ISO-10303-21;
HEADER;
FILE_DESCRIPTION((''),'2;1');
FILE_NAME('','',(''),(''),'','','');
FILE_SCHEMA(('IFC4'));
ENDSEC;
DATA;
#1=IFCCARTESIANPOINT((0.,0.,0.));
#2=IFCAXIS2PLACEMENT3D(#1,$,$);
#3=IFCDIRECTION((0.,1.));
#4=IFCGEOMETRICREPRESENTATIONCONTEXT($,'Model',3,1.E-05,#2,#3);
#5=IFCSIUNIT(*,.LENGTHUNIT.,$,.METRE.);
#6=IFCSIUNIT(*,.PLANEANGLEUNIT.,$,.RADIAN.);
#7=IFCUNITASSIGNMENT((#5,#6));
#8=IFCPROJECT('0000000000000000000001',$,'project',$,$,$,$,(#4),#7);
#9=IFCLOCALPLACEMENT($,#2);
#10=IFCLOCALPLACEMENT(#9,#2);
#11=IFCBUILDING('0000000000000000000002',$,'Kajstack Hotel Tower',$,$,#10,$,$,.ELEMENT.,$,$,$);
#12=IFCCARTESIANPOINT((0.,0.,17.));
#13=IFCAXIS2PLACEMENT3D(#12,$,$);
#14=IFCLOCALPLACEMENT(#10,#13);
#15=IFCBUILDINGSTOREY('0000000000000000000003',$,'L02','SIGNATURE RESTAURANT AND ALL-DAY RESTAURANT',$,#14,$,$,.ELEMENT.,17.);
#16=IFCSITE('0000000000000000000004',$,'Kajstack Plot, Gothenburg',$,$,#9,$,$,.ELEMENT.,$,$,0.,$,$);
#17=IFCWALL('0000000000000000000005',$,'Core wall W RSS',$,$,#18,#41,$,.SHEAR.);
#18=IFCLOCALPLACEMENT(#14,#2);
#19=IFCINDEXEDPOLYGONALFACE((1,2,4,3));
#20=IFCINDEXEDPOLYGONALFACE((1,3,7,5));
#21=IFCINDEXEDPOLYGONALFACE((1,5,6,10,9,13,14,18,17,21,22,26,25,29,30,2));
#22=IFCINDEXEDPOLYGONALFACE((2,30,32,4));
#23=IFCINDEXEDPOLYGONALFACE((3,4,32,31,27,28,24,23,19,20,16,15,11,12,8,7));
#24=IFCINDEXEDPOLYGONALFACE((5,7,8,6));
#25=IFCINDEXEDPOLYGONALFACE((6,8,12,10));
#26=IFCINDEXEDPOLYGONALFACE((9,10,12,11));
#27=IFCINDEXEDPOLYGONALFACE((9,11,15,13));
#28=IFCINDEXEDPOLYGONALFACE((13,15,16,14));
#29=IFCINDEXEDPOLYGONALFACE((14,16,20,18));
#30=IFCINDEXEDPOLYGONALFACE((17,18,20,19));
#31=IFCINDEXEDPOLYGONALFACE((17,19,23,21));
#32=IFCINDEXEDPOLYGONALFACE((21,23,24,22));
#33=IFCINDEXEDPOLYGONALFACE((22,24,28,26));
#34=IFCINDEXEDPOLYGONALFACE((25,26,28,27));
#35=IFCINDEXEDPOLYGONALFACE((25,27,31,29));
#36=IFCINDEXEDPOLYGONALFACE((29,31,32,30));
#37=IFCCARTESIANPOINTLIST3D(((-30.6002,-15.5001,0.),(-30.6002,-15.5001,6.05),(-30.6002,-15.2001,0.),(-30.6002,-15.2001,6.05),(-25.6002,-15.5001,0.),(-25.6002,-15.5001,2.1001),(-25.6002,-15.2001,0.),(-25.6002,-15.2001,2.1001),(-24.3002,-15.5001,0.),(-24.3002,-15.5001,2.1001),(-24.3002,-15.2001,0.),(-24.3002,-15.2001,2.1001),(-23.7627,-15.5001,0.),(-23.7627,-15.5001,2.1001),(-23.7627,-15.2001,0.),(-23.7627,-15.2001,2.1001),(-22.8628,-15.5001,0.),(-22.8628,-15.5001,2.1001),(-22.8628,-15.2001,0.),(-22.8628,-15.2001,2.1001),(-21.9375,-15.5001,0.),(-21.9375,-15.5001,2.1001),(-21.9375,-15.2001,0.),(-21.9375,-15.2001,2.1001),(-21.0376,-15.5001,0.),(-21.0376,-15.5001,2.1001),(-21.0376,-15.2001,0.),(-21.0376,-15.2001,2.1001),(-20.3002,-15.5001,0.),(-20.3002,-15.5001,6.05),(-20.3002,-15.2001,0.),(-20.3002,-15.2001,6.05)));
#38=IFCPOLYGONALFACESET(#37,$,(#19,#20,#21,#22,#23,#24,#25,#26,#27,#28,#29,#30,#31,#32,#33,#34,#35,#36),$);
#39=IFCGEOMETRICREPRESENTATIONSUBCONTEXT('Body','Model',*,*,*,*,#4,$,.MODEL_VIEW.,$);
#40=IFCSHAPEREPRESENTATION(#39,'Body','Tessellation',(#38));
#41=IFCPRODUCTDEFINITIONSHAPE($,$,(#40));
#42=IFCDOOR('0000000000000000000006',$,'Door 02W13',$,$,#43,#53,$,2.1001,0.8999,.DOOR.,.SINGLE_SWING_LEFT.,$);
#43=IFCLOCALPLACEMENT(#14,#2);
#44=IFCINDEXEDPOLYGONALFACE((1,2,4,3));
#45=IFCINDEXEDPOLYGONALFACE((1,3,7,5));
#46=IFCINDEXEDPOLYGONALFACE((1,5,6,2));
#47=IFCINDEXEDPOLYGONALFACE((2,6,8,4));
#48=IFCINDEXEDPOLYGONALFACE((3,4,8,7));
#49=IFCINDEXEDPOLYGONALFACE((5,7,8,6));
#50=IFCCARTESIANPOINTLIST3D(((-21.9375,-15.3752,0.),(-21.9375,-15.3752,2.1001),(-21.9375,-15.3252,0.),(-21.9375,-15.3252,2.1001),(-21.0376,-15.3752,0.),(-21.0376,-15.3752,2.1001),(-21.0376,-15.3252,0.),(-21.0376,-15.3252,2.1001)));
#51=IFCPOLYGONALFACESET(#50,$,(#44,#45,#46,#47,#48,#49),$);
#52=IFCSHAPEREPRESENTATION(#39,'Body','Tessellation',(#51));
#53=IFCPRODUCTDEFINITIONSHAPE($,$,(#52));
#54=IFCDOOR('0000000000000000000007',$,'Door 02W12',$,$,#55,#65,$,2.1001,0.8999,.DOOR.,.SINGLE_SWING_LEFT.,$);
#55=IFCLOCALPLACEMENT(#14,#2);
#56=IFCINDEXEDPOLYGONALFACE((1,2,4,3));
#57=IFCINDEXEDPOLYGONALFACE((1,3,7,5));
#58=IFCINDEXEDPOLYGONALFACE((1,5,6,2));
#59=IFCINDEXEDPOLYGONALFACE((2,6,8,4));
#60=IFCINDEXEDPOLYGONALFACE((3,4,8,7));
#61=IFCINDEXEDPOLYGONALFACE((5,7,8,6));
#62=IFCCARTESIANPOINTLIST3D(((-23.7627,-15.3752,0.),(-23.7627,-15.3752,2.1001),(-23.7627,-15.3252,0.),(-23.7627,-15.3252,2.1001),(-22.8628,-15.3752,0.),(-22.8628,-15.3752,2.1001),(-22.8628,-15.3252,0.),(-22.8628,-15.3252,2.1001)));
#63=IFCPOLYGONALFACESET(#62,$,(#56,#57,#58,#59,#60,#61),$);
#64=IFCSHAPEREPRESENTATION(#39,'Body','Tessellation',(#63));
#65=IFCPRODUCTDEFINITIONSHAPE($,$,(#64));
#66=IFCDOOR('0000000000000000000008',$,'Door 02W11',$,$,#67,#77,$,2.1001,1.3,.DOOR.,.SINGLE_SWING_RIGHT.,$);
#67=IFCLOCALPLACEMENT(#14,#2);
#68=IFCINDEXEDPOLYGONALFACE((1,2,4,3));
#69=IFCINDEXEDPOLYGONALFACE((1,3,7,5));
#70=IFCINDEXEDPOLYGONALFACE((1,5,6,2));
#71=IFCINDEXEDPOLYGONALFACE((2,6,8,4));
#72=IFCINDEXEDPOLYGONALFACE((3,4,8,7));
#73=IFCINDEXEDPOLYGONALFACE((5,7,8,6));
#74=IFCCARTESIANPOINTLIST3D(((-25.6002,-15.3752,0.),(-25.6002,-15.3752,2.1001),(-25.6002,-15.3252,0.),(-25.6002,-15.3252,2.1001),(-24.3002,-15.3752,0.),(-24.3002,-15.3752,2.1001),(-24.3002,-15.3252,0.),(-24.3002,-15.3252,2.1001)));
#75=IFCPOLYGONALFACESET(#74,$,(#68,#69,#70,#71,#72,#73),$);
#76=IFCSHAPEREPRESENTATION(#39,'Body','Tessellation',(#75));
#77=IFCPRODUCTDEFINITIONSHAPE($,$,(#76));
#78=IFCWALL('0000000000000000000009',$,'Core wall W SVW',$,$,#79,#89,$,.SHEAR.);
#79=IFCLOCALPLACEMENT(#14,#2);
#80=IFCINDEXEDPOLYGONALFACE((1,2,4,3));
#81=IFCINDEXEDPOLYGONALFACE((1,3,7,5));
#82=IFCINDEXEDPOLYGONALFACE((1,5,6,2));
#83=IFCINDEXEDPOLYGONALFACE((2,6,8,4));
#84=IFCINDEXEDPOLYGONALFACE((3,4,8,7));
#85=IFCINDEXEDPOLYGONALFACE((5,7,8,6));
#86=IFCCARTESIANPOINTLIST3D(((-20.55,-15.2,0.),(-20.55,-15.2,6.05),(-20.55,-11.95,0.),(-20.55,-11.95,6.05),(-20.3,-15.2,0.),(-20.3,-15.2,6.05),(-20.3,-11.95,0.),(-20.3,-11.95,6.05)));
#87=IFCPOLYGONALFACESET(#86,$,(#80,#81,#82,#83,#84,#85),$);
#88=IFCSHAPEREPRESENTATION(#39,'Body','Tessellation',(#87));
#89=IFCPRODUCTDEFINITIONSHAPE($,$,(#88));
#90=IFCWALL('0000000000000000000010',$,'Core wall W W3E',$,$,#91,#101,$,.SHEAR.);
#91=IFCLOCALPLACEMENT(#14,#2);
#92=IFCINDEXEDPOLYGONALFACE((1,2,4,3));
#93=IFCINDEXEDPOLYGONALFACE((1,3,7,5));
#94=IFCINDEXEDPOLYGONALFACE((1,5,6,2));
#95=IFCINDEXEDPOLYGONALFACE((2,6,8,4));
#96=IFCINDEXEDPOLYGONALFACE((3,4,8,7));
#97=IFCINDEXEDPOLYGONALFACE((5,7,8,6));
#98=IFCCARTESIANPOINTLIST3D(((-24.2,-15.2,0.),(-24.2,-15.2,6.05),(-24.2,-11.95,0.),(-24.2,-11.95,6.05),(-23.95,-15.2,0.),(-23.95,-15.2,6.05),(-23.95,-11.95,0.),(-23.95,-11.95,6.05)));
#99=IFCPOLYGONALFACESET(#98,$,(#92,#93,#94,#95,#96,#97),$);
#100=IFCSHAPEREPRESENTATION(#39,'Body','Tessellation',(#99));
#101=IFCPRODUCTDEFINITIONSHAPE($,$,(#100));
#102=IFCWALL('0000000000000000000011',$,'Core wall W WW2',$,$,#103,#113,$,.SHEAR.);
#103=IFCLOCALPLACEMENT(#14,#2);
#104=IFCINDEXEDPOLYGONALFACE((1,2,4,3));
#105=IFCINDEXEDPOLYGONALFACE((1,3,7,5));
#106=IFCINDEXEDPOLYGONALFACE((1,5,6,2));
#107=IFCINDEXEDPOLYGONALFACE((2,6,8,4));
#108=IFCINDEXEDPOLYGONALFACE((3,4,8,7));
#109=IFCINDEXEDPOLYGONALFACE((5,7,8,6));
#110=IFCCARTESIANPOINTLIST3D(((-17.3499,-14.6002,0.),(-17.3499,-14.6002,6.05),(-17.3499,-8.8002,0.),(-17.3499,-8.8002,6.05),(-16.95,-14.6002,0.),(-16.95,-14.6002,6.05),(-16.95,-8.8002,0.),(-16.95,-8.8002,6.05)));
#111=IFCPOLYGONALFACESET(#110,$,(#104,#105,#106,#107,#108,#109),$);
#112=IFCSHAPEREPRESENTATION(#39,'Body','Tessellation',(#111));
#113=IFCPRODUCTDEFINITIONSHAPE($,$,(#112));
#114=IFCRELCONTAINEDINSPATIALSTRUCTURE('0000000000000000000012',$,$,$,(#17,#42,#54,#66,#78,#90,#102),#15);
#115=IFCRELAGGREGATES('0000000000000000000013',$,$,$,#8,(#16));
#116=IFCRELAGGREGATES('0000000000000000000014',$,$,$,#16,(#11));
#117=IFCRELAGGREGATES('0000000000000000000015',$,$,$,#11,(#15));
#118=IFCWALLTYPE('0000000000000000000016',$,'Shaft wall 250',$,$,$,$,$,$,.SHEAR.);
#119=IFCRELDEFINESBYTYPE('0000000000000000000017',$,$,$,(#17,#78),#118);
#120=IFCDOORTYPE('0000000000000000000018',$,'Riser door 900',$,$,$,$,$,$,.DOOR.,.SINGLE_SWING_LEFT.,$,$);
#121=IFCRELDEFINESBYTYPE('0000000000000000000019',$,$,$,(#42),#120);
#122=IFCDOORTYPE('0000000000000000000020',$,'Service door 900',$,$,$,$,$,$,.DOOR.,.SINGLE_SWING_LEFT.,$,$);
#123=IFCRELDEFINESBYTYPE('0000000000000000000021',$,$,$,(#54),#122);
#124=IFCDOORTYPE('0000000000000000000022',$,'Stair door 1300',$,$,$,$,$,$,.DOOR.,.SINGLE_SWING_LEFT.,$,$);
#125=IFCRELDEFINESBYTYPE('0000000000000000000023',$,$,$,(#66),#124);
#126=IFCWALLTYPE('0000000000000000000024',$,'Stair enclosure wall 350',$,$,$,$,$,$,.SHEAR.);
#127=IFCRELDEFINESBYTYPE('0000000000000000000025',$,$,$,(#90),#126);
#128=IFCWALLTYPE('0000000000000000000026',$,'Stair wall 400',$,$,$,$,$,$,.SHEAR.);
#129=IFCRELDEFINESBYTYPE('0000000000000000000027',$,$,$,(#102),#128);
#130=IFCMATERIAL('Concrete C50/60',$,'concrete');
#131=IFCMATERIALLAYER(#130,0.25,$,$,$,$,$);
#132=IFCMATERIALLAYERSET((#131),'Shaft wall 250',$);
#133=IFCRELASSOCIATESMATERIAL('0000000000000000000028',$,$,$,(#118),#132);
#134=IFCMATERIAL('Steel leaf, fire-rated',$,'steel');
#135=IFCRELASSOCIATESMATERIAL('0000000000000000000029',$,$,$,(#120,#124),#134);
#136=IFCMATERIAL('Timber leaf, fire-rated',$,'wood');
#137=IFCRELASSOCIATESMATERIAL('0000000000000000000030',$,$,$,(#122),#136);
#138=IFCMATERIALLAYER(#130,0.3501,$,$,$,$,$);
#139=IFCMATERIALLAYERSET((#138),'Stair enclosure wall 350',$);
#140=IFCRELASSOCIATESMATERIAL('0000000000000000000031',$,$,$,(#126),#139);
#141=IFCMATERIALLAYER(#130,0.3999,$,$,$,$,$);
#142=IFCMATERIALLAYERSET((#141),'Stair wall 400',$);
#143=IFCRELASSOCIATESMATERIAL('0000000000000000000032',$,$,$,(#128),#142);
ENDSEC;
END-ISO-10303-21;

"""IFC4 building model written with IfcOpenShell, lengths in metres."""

from ifc_helpers import new_model, si_unit, direction, frame, frame_2d, origin, place, context, subcontext, project, spatial, rectangle, extrude, material, layer, layer_set, type_object, element, fill, save


model = new_model("IFC4")

# Units and contexts
model_context = context("Model", 3, precision=1e-05, world=origin(), true_north=direction((0.0, 1.0)))
body_context = subcontext(model_context, "Body", "Model", "MODEL_VIEW")
ifc_project = project(units=[si_unit("LENGTHUNIT", "METRE"), si_unit("PLANEANGLEUNIT", "RADIAN")], contexts=[model_context])

# Site, building, storey
site_placement = place(None, origin())
site = spatial("IfcSite", under=ifc_project, at=site_placement, Name="Kajstack Plot, Gothenburg", CompositionType="ELEMENT", RefElevation=0.0)
building_placement = place(site_placement, origin())
building = spatial("IfcBuilding", under=site, at=building_placement, Name="Kajstack Hotel Tower", CompositionType="ELEMENT")
storey_placement = place(building_placement, frame((0.0, 0.0, 17.0)))
storey = spatial("IfcBuildingStorey", under=building, at=storey_placement, Name="L02", Description="SIGNATURE RESTAURANT AND ALL-DAY RESTAURANT", CompositionType="ELEMENT", Elevation=17.0)

# Wall, openings, doors
ifc_material_1 = material(Name="Concrete C50/60", Category="concrete")
ifc_layer_1 = layer(ifc_material_1, 0.25)
ifc_layer_set_1 = layer_set([ifc_layer_1], Name="Shaft wall 250")
wall_type_1 = type_object("IfcWallType", Name="Shaft wall 250", PredefinedType="SHEAR", material=ifc_layer_set_1)
wall_1_placement = place(storey_placement, frame((-30.6001, -15.3501, 0.0), z_axis=(0.0, 0.0, 1.0), x_axis=(1.0, 0.0, 0.0)))
wall_1 = element("IfcWall", 1, at=wall_1_placement, inside=storey, type_object=wall_type_1, Name="Core wall W RSS", PredefinedType="SHEAR", context=body_context, shape_type="SweptSolid", body=[
    extrude(rectangle(XDim=10.3, YDim=0.3, at=frame_2d((5.1499, 0.0))), origin(), (0.0, 0.0, 1.0), 6.05),
])
opening_1_placement = place(wall_1_placement, frame((5.0, 0.0, 0.0)))
opening_1 = element("IfcOpeningElement", 2, at=opening_1_placement, cuts=wall_1, PredefinedType="OPENING", context=body_context, shape_type="SweptSolid", body=[
    extrude(rectangle(XDim=1.3, YDim=2.1001, at=frame_2d((0.6499, 1.05))), frame((0.0, 0.1599, 0.0), z_axis=(0.0, -1.0, 0.0), x_axis=(1.0, 0.0, 0.0)), (0.0, 0.0, 1.0), 0.3201),
])
opening_2_placement = place(wall_1_placement, frame((6.8374, 0.0, 0.0)))
opening_2 = element("IfcOpeningElement", 3, at=opening_2_placement, cuts=wall_1, PredefinedType="OPENING", context=body_context, shape_type="SweptSolid", body=[
    extrude(rectangle(XDim=0.8999, YDim=2.1001, at=frame_2d((0.45, 1.05))), frame((0.0, 0.1599, 0.0), z_axis=(0.0, -1.0, 0.0), x_axis=(1.0, 0.0, 0.0)), (0.0, 0.0, 1.0), 0.3201),
])
opening_3_placement = place(wall_1_placement, frame((8.6626, 0.0, 0.0)))
opening_3 = element("IfcOpeningElement", 4, at=opening_3_placement, cuts=wall_1, PredefinedType="OPENING", context=body_context, shape_type="SweptSolid", body=[
    extrude(rectangle(XDim=0.8999, YDim=2.1001, at=frame_2d((0.45, 1.05))), frame((0.0, 0.1599, 0.0), z_axis=(0.0, -1.0, 0.0), x_axis=(1.0, 0.0, 0.0)), (0.0, 0.0, 1.0), 0.3201),
])
ifc_material_2 = material(Name="Steel leaf, fire-rated", Category="steel")
door_type_1 = type_object("IfcDoorType", Name="Riser door 900", OperationType="SINGLE_SWING_LEFT", PredefinedType="DOOR", material=ifc_material_2)
door_1_placement = place(opening_3_placement, origin())
door_1 = element("IfcDoor", 5, at=door_1_placement, inside=storey, type_object=door_type_1, Name="Door 02W13", OperationType="SINGLE_SWING_LEFT", OverallHeight=2.1001, OverallWidth=0.8999, PredefinedType="DOOR", context=body_context, shape_type="SweptSolid", body=[
    extrude(rectangle(XDim=0.8999, YDim=2.1001, at=frame_2d((0.45, 1.05))), frame((0.0, 0.0249, 0.0), z_axis=(0.0, -1.0, 0.0), x_axis=(1.0, 0.0, 0.0)), (0.0, 0.0, 1.0), 0.05),
])
fill(opening_3, door_1)
ifc_material_3 = material(Name="Timber leaf, fire-rated", Category="wood")
door_type_2 = type_object("IfcDoorType", Name="Service door 900", OperationType="SINGLE_SWING_LEFT", PredefinedType="DOOR", material=ifc_material_3)
door_2_placement = place(opening_2_placement, origin())
door_2 = element("IfcDoor", 6, at=door_2_placement, inside=storey, type_object=door_type_2, Name="Door 02W12", OperationType="SINGLE_SWING_LEFT", OverallHeight=2.1001, OverallWidth=0.8999, PredefinedType="DOOR", context=body_context, shape_type="SweptSolid", body=[
    extrude(rectangle(XDim=0.8999, YDim=2.1001, at=frame_2d((0.45, 1.05))), frame((0.0, 0.0249, 0.0), z_axis=(0.0, -1.0, 0.0), x_axis=(1.0, 0.0, 0.0)), (0.0, 0.0, 1.0), 0.05),
])
fill(opening_2, door_2)
door_type_3 = type_object("IfcDoorType", Name="Stair door 1300", OperationType="SINGLE_SWING_LEFT", PredefinedType="DOOR", material=ifc_material_2)
door_3_placement = place(opening_1_placement, origin())
door_3 = element("IfcDoor", 7, at=door_3_placement, inside=storey, type_object=door_type_3, Name="Door 02W11", OperationType="SINGLE_SWING_RIGHT", OverallHeight=2.1001, OverallWidth=1.3, PredefinedType="DOOR", context=body_context, shape_type="SweptSolid", body=[
    extrude(rectangle(XDim=1.3, YDim=2.1001, at=frame_2d((0.6499, 1.05))), frame((0.0, 0.0249, 0.0), z_axis=(0.0, -1.0, 0.0), x_axis=(1.0, 0.0, 0.0)), (0.0, 0.0, 1.0), 0.05),
])
fill(opening_1, door_3)

# Walls
wall_2_placement = place(storey_placement, frame((-20.425, -15.2, 0.0), z_axis=(0.0, 0.0, 1.0), x_axis=(0.0, 1.0, 0.0)))
element("IfcWall", 8, at=wall_2_placement, inside=storey, type_object=wall_type_1, Name="Core wall W SVW", PredefinedType="SHEAR", context=body_context, shape_type="SweptSolid", body=[
    extrude(rectangle(XDim=3.25, YDim=0.25, at=frame_2d((1.625, 0.0))), origin(), (0.0, 0.0, 1.0), 6.05),
])
ifc_layer_2 = layer(ifc_material_1, 0.3501)
ifc_layer_set_2 = layer_set([ifc_layer_2], Name="Stair enclosure wall 350")
wall_type_2 = type_object("IfcWallType", Name="Stair enclosure wall 350", PredefinedType="SHEAR", material=ifc_layer_set_2)
wall_3_placement = place(storey_placement, frame((-24.075, -15.2, 0.0), z_axis=(0.0, 0.0, 1.0), x_axis=(0.0, 1.0, 0.0)))
element("IfcWall", 9, at=wall_3_placement, inside=storey, type_object=wall_type_2, Name="Core wall W W3E", PredefinedType="SHEAR", context=body_context, shape_type="SweptSolid", body=[
    extrude(rectangle(XDim=3.25, YDim=0.25, at=frame_2d((1.625, 0.0))), origin(), (0.0, 0.0, 1.0), 6.05),
])
ifc_layer_3 = layer(ifc_material_1, 0.3999)
ifc_layer_set_3 = layer_set([ifc_layer_3], Name="Stair wall 400")
wall_type_3 = type_object("IfcWallType", Name="Stair wall 400", PredefinedType="SHEAR", material=ifc_layer_set_3)
wall_4_placement = place(storey_placement, frame((-17.1499, -14.6001, 0.0), z_axis=(0.0, 0.0, 1.0), x_axis=(0.0, 1.0, 0.0)))
element("IfcWall", 10, at=wall_4_placement, inside=storey, type_object=wall_type_3, Name="Core wall W WW2", PredefinedType="SHEAR", context=body_context, shape_type="SweptSolid", body=[
    extrude(rectangle(XDim=5.8, YDim=0.3999, at=frame_2d((2.8999, 0.0))), origin(), (0.0, 0.0, 1.0), 6.05),
])

save(model, "model.ifc")
